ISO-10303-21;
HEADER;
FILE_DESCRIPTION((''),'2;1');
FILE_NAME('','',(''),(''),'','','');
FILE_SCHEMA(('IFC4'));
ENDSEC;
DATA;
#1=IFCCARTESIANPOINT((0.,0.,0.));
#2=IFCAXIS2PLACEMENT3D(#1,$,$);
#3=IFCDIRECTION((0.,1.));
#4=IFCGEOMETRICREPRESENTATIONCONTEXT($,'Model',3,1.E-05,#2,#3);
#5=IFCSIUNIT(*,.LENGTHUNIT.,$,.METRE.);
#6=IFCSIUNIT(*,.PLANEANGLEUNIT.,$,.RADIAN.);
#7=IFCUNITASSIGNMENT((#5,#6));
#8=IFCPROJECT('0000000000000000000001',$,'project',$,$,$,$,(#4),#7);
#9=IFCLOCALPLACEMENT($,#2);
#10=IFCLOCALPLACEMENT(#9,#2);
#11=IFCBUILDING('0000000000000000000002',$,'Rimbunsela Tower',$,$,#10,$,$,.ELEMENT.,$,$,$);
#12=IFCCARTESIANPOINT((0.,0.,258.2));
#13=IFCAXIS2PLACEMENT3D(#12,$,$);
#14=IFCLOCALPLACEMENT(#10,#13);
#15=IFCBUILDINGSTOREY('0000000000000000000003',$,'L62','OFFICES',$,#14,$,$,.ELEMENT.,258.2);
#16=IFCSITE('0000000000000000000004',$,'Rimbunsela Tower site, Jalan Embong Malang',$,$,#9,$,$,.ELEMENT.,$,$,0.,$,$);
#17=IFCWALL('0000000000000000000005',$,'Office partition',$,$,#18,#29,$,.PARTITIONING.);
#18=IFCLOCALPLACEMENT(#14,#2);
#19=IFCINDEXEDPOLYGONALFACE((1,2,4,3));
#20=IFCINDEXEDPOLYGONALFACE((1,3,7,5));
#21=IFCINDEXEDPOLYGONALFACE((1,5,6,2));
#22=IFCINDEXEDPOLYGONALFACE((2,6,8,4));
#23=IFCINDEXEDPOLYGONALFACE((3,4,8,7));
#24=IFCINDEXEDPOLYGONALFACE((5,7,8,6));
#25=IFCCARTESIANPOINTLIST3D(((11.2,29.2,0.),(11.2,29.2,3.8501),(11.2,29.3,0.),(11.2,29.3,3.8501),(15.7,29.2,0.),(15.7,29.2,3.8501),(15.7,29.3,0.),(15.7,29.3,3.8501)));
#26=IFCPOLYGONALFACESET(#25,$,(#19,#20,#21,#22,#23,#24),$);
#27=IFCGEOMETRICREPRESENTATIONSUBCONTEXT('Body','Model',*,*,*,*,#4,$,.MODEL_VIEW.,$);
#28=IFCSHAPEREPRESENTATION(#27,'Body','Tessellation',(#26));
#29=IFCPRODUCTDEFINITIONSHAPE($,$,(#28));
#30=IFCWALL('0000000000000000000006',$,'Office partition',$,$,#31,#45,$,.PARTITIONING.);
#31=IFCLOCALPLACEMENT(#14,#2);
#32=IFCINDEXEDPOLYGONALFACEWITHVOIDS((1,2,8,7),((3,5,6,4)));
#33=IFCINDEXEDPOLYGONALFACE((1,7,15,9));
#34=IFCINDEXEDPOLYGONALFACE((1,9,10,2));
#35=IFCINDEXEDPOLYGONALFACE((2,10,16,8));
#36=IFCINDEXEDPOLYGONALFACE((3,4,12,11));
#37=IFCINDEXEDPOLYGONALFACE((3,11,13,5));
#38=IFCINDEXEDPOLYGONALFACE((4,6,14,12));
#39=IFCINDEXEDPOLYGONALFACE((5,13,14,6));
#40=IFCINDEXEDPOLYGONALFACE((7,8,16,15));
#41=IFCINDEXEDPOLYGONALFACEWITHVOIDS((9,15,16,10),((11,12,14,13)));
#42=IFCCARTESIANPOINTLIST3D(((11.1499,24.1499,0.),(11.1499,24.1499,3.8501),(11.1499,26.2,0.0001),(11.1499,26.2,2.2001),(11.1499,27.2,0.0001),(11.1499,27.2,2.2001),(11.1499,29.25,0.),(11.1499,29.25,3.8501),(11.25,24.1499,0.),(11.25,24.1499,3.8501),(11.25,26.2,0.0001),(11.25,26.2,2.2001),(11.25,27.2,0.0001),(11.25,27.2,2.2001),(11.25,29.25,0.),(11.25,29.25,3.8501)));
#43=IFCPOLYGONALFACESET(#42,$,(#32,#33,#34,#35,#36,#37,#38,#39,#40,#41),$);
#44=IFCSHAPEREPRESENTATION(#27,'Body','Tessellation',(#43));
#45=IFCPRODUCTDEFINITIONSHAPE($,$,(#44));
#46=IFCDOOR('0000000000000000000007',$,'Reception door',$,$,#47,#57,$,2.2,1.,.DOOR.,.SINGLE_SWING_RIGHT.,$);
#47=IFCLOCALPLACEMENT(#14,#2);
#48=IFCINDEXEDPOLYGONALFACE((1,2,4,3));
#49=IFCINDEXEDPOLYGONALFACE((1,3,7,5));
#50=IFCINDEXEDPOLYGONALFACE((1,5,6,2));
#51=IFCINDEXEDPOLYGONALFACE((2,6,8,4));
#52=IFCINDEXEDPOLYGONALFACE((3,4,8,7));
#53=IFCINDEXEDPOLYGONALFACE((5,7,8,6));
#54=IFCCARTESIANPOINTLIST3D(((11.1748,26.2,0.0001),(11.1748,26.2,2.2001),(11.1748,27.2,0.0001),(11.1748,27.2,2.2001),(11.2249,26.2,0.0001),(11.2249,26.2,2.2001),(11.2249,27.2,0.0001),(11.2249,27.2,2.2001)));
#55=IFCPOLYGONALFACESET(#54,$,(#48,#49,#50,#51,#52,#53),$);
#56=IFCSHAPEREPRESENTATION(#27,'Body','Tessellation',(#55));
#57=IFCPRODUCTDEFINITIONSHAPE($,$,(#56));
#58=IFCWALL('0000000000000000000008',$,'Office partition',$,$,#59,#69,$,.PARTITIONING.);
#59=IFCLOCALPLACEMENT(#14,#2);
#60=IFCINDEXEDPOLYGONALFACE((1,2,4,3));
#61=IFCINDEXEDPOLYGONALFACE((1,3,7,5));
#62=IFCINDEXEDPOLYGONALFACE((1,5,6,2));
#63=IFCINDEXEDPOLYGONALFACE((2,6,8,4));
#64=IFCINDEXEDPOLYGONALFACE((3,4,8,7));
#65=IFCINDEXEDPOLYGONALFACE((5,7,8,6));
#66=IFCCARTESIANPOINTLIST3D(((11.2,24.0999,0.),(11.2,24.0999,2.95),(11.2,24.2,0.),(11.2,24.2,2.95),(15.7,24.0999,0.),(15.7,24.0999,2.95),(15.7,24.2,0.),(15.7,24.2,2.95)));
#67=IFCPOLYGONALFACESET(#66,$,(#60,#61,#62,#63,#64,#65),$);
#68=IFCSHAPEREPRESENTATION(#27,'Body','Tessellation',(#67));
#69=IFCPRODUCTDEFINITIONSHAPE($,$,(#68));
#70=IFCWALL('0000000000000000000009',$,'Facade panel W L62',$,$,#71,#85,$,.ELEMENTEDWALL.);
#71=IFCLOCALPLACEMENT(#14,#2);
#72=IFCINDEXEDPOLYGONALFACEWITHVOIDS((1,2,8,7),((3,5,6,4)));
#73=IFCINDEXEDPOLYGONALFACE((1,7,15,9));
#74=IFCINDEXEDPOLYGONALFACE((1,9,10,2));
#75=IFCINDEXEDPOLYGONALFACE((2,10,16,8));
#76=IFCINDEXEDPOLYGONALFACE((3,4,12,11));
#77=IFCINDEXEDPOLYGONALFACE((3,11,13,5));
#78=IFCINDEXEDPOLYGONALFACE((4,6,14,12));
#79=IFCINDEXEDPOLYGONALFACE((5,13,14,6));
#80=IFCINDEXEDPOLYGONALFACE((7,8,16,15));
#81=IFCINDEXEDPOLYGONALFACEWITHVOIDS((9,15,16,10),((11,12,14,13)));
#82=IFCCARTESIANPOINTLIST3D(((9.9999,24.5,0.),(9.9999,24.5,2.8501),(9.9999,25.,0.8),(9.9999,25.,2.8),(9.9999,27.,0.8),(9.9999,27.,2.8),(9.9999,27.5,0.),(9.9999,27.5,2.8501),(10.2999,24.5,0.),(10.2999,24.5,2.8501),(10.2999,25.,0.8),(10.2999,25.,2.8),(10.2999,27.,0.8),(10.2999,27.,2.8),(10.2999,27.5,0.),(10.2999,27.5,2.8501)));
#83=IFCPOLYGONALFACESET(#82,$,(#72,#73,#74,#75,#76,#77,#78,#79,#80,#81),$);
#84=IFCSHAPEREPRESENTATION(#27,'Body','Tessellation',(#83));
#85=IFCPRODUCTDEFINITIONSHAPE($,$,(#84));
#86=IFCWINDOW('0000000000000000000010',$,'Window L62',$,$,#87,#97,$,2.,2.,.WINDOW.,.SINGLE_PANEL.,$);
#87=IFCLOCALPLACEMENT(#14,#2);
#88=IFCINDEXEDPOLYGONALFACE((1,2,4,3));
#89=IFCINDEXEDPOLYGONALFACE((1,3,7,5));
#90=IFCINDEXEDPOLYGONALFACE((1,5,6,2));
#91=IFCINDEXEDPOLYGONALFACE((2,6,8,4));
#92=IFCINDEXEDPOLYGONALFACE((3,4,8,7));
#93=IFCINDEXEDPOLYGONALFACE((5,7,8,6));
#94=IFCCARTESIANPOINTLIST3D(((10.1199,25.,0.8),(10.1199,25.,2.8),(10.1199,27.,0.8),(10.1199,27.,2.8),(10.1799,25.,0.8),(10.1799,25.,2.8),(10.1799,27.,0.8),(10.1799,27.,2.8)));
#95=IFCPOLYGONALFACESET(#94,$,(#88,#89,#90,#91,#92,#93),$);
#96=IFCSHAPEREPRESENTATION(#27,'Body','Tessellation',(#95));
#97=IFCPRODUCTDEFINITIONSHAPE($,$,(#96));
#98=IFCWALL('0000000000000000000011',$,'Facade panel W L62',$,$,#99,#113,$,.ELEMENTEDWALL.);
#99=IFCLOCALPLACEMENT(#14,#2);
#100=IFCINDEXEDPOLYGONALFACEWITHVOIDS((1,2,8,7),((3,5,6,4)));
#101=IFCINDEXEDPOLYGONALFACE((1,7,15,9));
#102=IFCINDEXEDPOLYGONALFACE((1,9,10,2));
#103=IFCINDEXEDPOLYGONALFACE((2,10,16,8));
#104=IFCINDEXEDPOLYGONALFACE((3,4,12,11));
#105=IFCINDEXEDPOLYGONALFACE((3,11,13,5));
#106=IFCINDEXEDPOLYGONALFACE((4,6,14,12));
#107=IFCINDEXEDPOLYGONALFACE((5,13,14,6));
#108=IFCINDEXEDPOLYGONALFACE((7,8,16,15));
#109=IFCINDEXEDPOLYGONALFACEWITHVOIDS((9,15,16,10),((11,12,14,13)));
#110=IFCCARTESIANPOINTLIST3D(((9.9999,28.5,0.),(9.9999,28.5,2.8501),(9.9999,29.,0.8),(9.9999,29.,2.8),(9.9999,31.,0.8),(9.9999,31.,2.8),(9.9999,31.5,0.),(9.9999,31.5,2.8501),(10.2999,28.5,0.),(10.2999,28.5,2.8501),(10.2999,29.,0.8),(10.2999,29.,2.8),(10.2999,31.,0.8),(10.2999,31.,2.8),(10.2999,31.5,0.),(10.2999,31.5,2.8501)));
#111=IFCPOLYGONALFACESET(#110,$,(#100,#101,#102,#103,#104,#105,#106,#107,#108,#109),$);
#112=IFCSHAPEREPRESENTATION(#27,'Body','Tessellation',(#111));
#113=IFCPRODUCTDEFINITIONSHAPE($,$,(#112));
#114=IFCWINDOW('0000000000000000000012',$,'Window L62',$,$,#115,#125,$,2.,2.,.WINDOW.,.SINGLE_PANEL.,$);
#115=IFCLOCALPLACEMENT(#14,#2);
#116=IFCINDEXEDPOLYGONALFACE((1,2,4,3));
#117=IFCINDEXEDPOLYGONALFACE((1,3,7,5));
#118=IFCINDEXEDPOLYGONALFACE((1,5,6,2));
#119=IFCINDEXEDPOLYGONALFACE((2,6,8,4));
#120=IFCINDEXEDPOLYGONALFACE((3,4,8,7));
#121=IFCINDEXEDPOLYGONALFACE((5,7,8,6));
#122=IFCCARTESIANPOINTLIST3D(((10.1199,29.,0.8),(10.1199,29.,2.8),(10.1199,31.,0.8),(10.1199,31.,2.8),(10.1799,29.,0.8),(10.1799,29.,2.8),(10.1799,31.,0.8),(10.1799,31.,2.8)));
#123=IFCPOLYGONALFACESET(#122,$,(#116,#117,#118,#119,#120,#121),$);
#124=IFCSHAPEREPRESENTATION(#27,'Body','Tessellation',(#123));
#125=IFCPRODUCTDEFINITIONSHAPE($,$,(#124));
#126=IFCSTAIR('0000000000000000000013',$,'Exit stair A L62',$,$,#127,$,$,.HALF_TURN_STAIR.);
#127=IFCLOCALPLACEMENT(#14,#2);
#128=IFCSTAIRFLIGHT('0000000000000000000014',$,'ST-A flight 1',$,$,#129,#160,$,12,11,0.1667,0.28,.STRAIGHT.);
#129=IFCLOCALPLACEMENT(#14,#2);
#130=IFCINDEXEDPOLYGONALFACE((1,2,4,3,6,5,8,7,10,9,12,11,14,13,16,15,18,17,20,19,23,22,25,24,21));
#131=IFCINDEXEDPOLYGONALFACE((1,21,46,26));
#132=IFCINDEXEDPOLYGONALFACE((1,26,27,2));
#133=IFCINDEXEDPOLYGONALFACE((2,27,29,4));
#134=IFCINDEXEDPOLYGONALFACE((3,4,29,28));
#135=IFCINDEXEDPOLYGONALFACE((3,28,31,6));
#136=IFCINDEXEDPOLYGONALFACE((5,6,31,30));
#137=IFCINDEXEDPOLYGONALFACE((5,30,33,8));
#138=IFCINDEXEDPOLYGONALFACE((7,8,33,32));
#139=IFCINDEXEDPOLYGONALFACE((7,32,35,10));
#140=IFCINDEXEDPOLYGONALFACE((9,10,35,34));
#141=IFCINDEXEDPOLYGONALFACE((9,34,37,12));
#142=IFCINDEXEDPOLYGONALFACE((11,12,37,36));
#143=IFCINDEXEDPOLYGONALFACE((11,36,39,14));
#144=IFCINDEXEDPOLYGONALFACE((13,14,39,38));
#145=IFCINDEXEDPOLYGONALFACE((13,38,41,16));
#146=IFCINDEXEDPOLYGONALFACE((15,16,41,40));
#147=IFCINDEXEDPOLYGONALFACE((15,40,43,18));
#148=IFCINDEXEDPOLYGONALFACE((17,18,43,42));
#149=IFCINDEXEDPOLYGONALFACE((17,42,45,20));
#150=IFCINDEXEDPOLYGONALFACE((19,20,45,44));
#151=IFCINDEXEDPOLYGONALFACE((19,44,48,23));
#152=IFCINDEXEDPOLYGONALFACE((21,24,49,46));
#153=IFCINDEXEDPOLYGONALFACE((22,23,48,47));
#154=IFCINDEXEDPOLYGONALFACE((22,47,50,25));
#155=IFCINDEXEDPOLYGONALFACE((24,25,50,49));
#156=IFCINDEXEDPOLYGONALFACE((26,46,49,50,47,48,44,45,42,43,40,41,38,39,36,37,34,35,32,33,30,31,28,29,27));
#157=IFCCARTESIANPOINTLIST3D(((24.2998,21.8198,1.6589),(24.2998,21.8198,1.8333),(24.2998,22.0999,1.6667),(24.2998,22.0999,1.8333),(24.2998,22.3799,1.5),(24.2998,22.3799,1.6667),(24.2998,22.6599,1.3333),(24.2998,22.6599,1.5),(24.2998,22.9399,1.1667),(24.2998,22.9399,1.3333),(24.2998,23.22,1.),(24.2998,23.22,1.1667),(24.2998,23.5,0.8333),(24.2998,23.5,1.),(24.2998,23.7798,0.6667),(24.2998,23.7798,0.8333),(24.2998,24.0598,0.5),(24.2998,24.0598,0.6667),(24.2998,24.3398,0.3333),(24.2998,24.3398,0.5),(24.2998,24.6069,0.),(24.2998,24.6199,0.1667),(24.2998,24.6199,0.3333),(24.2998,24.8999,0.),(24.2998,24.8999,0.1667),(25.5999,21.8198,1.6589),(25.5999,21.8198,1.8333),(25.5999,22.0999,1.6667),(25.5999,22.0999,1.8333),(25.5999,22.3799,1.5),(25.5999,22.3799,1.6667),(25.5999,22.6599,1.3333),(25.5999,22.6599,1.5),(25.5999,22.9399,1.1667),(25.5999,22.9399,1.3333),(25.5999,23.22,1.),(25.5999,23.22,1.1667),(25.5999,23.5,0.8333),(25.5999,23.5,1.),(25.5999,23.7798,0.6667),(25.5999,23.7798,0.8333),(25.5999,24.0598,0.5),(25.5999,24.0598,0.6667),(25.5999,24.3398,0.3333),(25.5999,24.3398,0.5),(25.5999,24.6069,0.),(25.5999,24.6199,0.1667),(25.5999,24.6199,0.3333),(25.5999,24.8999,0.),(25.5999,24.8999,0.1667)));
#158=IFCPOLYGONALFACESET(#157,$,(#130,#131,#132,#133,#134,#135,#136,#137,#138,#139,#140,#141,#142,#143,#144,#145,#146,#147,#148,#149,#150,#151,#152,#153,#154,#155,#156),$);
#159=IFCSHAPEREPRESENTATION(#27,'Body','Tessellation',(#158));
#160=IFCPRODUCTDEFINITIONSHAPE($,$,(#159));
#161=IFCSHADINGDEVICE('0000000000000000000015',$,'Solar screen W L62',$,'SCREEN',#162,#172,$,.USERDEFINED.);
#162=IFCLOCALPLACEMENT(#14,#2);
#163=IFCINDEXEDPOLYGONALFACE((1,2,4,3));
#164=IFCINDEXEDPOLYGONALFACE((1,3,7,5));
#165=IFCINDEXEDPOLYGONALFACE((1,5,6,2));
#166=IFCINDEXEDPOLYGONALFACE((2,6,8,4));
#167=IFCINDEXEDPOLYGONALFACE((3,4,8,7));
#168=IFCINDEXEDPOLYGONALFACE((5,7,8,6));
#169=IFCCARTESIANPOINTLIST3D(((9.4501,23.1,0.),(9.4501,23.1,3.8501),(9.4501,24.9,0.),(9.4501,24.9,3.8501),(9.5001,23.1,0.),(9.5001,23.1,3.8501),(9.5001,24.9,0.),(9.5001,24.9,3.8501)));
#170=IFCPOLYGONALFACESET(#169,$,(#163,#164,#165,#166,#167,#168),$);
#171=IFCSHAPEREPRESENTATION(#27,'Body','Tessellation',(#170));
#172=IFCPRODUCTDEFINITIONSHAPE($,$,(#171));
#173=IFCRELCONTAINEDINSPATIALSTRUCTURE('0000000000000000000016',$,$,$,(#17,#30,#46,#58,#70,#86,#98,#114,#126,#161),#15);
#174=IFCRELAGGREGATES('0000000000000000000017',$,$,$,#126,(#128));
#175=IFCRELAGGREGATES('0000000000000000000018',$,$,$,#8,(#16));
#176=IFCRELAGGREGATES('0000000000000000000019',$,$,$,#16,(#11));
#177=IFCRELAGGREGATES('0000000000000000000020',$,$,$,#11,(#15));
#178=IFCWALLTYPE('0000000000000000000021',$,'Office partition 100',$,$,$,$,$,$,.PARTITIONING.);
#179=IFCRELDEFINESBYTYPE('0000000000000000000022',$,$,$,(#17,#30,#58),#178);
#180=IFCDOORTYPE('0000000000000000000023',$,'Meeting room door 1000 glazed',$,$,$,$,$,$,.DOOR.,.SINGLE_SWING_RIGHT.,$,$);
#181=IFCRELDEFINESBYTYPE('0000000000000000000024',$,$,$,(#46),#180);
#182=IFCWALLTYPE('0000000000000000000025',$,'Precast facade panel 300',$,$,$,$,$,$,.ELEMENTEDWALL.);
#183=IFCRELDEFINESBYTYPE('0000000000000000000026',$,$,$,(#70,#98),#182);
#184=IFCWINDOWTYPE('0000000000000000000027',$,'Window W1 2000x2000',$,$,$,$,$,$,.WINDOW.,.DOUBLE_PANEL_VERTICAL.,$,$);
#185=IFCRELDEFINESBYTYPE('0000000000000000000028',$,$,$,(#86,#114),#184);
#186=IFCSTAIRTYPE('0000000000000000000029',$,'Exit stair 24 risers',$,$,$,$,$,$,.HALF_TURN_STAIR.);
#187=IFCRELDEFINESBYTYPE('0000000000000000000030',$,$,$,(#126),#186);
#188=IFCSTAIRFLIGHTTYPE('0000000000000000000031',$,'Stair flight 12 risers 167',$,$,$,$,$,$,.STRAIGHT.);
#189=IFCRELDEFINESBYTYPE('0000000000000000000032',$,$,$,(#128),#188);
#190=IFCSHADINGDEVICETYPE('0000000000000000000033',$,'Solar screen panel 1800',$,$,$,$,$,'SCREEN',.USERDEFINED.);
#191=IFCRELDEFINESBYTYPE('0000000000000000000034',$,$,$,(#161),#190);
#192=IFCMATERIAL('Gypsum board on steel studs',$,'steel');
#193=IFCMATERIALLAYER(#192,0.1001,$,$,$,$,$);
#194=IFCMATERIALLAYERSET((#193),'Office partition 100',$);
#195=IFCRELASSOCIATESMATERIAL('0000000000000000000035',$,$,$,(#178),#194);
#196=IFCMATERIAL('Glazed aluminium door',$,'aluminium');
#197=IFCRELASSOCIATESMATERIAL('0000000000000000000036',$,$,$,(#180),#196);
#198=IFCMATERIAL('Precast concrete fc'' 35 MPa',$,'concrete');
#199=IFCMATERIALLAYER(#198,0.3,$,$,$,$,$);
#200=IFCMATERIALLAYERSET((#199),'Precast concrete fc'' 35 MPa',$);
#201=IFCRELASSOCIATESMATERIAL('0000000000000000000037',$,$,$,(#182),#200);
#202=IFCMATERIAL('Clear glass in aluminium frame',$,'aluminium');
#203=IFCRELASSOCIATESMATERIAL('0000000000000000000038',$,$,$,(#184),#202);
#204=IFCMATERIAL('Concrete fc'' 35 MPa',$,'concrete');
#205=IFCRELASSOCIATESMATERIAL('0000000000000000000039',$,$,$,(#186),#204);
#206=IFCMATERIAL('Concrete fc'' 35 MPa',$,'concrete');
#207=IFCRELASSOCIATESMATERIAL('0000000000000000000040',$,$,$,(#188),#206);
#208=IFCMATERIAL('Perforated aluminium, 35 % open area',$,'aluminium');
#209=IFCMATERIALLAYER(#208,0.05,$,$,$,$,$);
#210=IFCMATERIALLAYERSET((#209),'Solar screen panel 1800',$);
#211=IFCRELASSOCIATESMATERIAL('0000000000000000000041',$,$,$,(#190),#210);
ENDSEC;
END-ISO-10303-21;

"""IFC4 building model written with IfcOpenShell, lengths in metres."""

from ifc_helpers import new_model, si_unit, direction, frame, frame_2d, origin, origin_2d, place, context, subcontext, project, spatial, polyline, rectangle, outline, extrude, material, layer, layer_set, type_object, element, fill, aggregate, save


model = new_model("IFC4")

# Units and contexts
model_context = context("Model", 3, precision=1e-05, world=origin(), true_north=direction((0.0, 1.0)))
body_context = subcontext(model_context, "Body", "Model", "MODEL_VIEW")
ifc_project = project(units=[si_unit("LENGTHUNIT", "METRE"), si_unit("PLANEANGLEUNIT", "RADIAN")], contexts=[model_context])

# Site, building, storey
site_placement = place(None, origin())
site = spatial("IfcSite", under=ifc_project, at=site_placement, Name="Rimbunsela Tower site, Jalan Embong Malang", CompositionType="ELEMENT", RefElevation=0.0)
building_placement = place(site_placement, origin())
building = spatial("IfcBuilding", under=site, at=building_placement, Name="Rimbunsela Tower", CompositionType="ELEMENT")
storey_placement = place(building_placement, frame((0.0, 0.0, 258.2)))
storey = spatial("IfcBuildingStorey", under=building, at=storey_placement, Name="L62", Description="OFFICES", CompositionType="ELEMENT", Elevation=258.2)

# Wall
ifc_material_1 = material(Name="Gypsum board on steel studs", Category="steel")
ifc_layer_1 = layer(ifc_material_1, 0.1001)
ifc_layer_set_1 = layer_set([ifc_layer_1], Name="Office partition 100")
wall_type_1 = type_object("IfcWallType", Name="Office partition 100", PredefinedType="PARTITIONING", material=ifc_layer_set_1)
wall_1_placement = place(storey_placement, frame((15.7, 29.25, 0.0), z_axis=(0.0, 0.0, 1.0), x_axis=(-1.0, 0.0, 0.0)))
element("IfcWall", 1, at=wall_1_placement, inside=storey, type_object=wall_type_1, Name="Office partition", PredefinedType="PARTITIONING", context=body_context, shape_type="SweptSolid", body=[
    extrude(rectangle(XDim=4.5, YDim=0.1001, at=frame_2d((2.25, 0.0))), origin(), (0.0, 0.0, 1.0), 3.8501),
])

# Wall, opening, door
wall_2_placement = place(storey_placement, frame((11.2, 29.25, 0.0), z_axis=(0.0, 0.0, 1.0), x_axis=(0.0, -1.0, 0.0)))
wall_2 = element("IfcWall", 2, at=wall_2_placement, inside=storey, type_object=wall_type_1, Name="Office partition", PredefinedType="PARTITIONING", context=body_context, shape_type="SweptSolid", body=[
    extrude(rectangle(XDim=5.1001, YDim=0.1001, at=frame_2d((2.55, 0.0))), origin(), (0.0, 0.0, 1.0), 3.8501),
])
opening_1_placement = place(wall_2_placement, frame((2.05, 0.0, 0.0)))
opening_1 = element("IfcOpeningElement", 3, at=opening_1_placement, cuts=wall_2, PredefinedType="OPENING", context=body_context, shape_type="SweptSolid", body=[
    extrude(rectangle(XDim=1.0, YDim=2.2, at=frame_2d((0.5, 1.1001))), frame((0.0, 0.0601, 0.0), z_axis=(0.0, -1.0, 0.0), x_axis=(1.0, 0.0, 0.0)), (0.0, 0.0, 1.0), 0.1201),
])
ifc_material_2 = material(Name="Glazed aluminium door", Category="aluminium")
door_type_1 = type_object("IfcDoorType", Name="Meeting room door 1000 glazed", OperationType="SINGLE_SWING_RIGHT", PredefinedType="DOOR", material=ifc_material_2)
door_1_placement = place(opening_1_placement, origin())
door_1 = element("IfcDoor", 4, at=door_1_placement, inside=storey, type_object=door_type_1, Name="Reception door", OperationType="SINGLE_SWING_RIGHT", OverallHeight=2.2, OverallWidth=1.0, PredefinedType="DOOR", context=body_context, shape_type="SweptSolid", body=[
    extrude(rectangle(XDim=1.0, YDim=2.2, at=frame_2d((0.5, 1.1001))), frame((0.0, 0.0249, 0.0), z_axis=(0.0, -1.0, 0.0), x_axis=(1.0, 0.0, 0.0)), (0.0, 0.0, 1.0), 0.05),
])
fill(opening_1, door_1)

# Wall
wall_3_placement = place(storey_placement, frame((11.2, 24.1499, 0.0), z_axis=(0.0, 0.0, 1.0), x_axis=(1.0, 0.0, 0.0)))
element("IfcWall", 5, at=wall_3_placement, inside=storey, type_object=wall_type_1, Name="Office partition", PredefinedType="PARTITIONING", context=body_context, shape_type="SweptSolid", body=[
    extrude(rectangle(XDim=4.5, YDim=0.1001, at=frame_2d((2.25, 0.0))), origin(), (0.0, 0.0, 1.0), 2.95),
])

# Walls, openings, windows
ifc_material_3 = material(Name="Precast concrete fc' 35 MPa", Category="concrete")
ifc_layer_2 = layer(ifc_material_3, 0.3)
ifc_layer_set_2 = layer_set([ifc_layer_2], Name="Precast concrete fc' 35 MPa")
wall_type_2 = type_object("IfcWallType", Name="Precast facade panel 300", PredefinedType="ELEMENTEDWALL", material=ifc_layer_set_2)
wall_4_placement = place(storey_placement, frame((10.1499, 27.5, 0.0), z_axis=(0.0, 0.0, 1.0), x_axis=(0.0, -1.0, 0.0)))
wall_4 = element("IfcWall", 6, at=wall_4_placement, inside=storey, type_object=wall_type_2, Name="Facade panel W L62", PredefinedType="ELEMENTEDWALL", context=body_context, shape_type="SweptSolid", body=[
    extrude(rectangle(XDim=3.0, YDim=0.3, at=frame_2d((1.5, 0.0))), origin(), (0.0, 0.0, 1.0), 2.8501),
])
opening_2_placement = place(wall_4_placement, frame((0.5, 0.0, 0.8)))
opening_2 = element("IfcOpeningElement", 7, at=opening_2_placement, cuts=wall_4, PredefinedType="OPENING", context=body_context, shape_type="SweptSolid", body=[
    extrude(rectangle(XDim=2.0, YDim=2.0, at=frame_2d((1.0, 1.0))), frame((0.0, 0.1599, 0.0), z_axis=(0.0, -1.0, 0.0), x_axis=(1.0, 0.0, 0.0)), (0.0, 0.0, 1.0), 0.3201),
])
ifc_material_4 = material(Name="Clear glass in aluminium frame", Category="aluminium")
window_type = type_object("IfcWindowType", Name="Window W1 2000x2000", PartitioningType="DOUBLE_PANEL_VERTICAL", PredefinedType="WINDOW", material=ifc_material_4)
window_1_placement = place(opening_2_placement, origin())
window_1 = element("IfcWindow", 8, at=window_1_placement, inside=storey, type_object=window_type, Name="Window L62", OverallHeight=2.0, OverallWidth=2.0, PartitioningType="SINGLE_PANEL", PredefinedType="WINDOW", context=body_context, shape_type="SweptSolid", body=[
    extrude(rectangle(XDim=2.0, YDim=2.0, at=frame_2d((1.0, 1.0))), frame((0.0, 0.03, 0.0), z_axis=(0.0, -1.0, 0.0), x_axis=(1.0, 0.0, 0.0)), (0.0, 0.0, 1.0), 0.0601),
])
fill(opening_2, window_1)
wall_5_placement = place(storey_placement, frame((10.1499, 31.5, 0.0), z_axis=(0.0, 0.0, 1.0), x_axis=(0.0, -1.0, 0.0)))
wall_5 = element("IfcWall", 9, at=wall_5_placement, inside=storey, type_object=wall_type_2, Name="Facade panel W L62", PredefinedType="ELEMENTEDWALL", context=body_context, shape_type="SweptSolid", body=[
    extrude(rectangle(XDim=3.0, YDim=0.3, at=frame_2d((1.5, 0.0))), origin(), (0.0, 0.0, 1.0), 2.8501),
])
opening_3_placement = place(wall_5_placement, frame((0.5, 0.0, 0.8)))
opening_3 = element("IfcOpeningElement", 10, at=opening_3_placement, cuts=wall_5, PredefinedType="OPENING", context=body_context, shape_type="SweptSolid", body=[
    extrude(rectangle(XDim=2.0, YDim=2.0, at=frame_2d((1.0, 1.0))), frame((0.0, 0.1599, 0.0), z_axis=(0.0, -1.0, 0.0), x_axis=(1.0, 0.0, 0.0)), (0.0, 0.0, 1.0), 0.3201),
])
window_2_placement = place(opening_3_placement, origin())
window_2 = element("IfcWindow", 11, at=window_2_placement, inside=storey, type_object=window_type, Name="Window L62", OverallHeight=2.0, OverallWidth=2.0, PartitioningType="SINGLE_PANEL", PredefinedType="WINDOW", context=body_context, shape_type="SweptSolid", body=[
    extrude(rectangle(XDim=2.0, YDim=2.0, at=frame_2d((1.0, 1.0))), frame((0.0, 0.03, 0.0), z_axis=(0.0, -1.0, 0.0), x_axis=(1.0, 0.0, 0.0)), (0.0, 0.0, 1.0), 0.0601),
])
fill(opening_3, window_2)

# Stair, stair flight
ifc_material_5 = material(Name="Concrete fc' 35 MPa", Category="concrete")
stair_type = type_object("IfcStairType", Name="Exit stair 24 risers", PredefinedType="HALF_TURN_STAIR", material=ifc_material_5)
stair_placement = place(storey_placement, origin())
stair = element("IfcStair", 12, at=stair_placement, inside=storey, type_object=stair_type, Name="Exit stair A L62", PredefinedType="HALF_TURN_STAIR")
ifc_material_6 = material(Name="Concrete fc' 35 MPa", Category="concrete")
stair_flight_type = type_object("IfcStairFlightType", Name="Stair flight 12 risers 167", PredefinedType="STRAIGHT", material=ifc_material_6)
stair_flight_placement = place(storey_placement, frame((24.95, 24.8999, 0.0), z_axis=(0.0, 0.0, 1.0), x_axis=(0.0, -1.0, 0.0)))
stair_flight = element("IfcStairFlight", 13, at=stair_flight_placement, type_object=stair_flight_type, Name="ST-A flight 1", NumberOfRisers=12, NumberOfTreads=11, PredefinedType="STRAIGHT", RiserHeight=0.1667, TreadLength=0.28, context=body_context, shape_type="SweptSolid", body=[
    extrude(outline(polyline([(0.0, 0.0), (0.0, 0.1667), (0.28, 0.1667), (0.28, 0.3333), (0.5601, 0.3333), (0.5601, 0.5), (0.8401, 0.5), (0.8401, 0.6667), (1.1201, 0.6667), (1.1201, 0.8333), (1.3999, 0.8333), (1.3999, 1.0), (1.6799, 1.0), (1.6799, 1.1667), (1.96, 1.1667), (1.96, 1.3333), (2.24, 1.3333), (2.24, 1.5), (2.52, 1.5), (2.52, 1.6667), (2.8, 1.6667), (2.8, 1.8333), (3.0801, 1.8333), (3.0801, 2.0), (3.0801, 1.6589), (0.293, 0.0), (0.0, 0.0)])), frame((0.0, 0.6499, 0.0), z_axis=(0.0, -1.0, 0.0), x_axis=(1.0, 0.0, 0.0)), (0.0, 0.0, 1.0), 1.3),
])
aggregate(stair, [stair_flight])

# Shading device
ifc_material_7 = material(Name="Perforated aluminium, 35 % open area", Category="aluminium")
ifc_layer_3 = layer(ifc_material_7, 0.05)
ifc_layer_set_3 = layer_set([ifc_layer_3], Name="Solar screen panel 1800")
shading_device_type = type_object("IfcShadingDeviceType", Name="Solar screen panel 1800", ElementType="SCREEN", PredefinedType="USERDEFINED", material=ifc_layer_set_3)
for number, where, z_axis, x_axis, name in (
    (14, (9.4751, 24.0, 0.0), (0.0, 0.0, 1.0), (0.0, 1.0, 0.0), "Solar screen W L62"),
):
    element("IfcShadingDevice", number, at=place(storey_placement, frame(where, z_axis=z_axis, x_axis=x_axis)), inside=storey, type_object=shading_device_type, Name=name, ObjectType="SCREEN", PredefinedType="USERDEFINED", context=body_context, shape_type="SweptSolid", body=[
        extrude(rectangle(XDim=1.8, YDim=0.05, at=origin_2d()), origin(), (0.0, 0.0, 1.0), 3.8501),
    ])

save(model, "model.ifc")
